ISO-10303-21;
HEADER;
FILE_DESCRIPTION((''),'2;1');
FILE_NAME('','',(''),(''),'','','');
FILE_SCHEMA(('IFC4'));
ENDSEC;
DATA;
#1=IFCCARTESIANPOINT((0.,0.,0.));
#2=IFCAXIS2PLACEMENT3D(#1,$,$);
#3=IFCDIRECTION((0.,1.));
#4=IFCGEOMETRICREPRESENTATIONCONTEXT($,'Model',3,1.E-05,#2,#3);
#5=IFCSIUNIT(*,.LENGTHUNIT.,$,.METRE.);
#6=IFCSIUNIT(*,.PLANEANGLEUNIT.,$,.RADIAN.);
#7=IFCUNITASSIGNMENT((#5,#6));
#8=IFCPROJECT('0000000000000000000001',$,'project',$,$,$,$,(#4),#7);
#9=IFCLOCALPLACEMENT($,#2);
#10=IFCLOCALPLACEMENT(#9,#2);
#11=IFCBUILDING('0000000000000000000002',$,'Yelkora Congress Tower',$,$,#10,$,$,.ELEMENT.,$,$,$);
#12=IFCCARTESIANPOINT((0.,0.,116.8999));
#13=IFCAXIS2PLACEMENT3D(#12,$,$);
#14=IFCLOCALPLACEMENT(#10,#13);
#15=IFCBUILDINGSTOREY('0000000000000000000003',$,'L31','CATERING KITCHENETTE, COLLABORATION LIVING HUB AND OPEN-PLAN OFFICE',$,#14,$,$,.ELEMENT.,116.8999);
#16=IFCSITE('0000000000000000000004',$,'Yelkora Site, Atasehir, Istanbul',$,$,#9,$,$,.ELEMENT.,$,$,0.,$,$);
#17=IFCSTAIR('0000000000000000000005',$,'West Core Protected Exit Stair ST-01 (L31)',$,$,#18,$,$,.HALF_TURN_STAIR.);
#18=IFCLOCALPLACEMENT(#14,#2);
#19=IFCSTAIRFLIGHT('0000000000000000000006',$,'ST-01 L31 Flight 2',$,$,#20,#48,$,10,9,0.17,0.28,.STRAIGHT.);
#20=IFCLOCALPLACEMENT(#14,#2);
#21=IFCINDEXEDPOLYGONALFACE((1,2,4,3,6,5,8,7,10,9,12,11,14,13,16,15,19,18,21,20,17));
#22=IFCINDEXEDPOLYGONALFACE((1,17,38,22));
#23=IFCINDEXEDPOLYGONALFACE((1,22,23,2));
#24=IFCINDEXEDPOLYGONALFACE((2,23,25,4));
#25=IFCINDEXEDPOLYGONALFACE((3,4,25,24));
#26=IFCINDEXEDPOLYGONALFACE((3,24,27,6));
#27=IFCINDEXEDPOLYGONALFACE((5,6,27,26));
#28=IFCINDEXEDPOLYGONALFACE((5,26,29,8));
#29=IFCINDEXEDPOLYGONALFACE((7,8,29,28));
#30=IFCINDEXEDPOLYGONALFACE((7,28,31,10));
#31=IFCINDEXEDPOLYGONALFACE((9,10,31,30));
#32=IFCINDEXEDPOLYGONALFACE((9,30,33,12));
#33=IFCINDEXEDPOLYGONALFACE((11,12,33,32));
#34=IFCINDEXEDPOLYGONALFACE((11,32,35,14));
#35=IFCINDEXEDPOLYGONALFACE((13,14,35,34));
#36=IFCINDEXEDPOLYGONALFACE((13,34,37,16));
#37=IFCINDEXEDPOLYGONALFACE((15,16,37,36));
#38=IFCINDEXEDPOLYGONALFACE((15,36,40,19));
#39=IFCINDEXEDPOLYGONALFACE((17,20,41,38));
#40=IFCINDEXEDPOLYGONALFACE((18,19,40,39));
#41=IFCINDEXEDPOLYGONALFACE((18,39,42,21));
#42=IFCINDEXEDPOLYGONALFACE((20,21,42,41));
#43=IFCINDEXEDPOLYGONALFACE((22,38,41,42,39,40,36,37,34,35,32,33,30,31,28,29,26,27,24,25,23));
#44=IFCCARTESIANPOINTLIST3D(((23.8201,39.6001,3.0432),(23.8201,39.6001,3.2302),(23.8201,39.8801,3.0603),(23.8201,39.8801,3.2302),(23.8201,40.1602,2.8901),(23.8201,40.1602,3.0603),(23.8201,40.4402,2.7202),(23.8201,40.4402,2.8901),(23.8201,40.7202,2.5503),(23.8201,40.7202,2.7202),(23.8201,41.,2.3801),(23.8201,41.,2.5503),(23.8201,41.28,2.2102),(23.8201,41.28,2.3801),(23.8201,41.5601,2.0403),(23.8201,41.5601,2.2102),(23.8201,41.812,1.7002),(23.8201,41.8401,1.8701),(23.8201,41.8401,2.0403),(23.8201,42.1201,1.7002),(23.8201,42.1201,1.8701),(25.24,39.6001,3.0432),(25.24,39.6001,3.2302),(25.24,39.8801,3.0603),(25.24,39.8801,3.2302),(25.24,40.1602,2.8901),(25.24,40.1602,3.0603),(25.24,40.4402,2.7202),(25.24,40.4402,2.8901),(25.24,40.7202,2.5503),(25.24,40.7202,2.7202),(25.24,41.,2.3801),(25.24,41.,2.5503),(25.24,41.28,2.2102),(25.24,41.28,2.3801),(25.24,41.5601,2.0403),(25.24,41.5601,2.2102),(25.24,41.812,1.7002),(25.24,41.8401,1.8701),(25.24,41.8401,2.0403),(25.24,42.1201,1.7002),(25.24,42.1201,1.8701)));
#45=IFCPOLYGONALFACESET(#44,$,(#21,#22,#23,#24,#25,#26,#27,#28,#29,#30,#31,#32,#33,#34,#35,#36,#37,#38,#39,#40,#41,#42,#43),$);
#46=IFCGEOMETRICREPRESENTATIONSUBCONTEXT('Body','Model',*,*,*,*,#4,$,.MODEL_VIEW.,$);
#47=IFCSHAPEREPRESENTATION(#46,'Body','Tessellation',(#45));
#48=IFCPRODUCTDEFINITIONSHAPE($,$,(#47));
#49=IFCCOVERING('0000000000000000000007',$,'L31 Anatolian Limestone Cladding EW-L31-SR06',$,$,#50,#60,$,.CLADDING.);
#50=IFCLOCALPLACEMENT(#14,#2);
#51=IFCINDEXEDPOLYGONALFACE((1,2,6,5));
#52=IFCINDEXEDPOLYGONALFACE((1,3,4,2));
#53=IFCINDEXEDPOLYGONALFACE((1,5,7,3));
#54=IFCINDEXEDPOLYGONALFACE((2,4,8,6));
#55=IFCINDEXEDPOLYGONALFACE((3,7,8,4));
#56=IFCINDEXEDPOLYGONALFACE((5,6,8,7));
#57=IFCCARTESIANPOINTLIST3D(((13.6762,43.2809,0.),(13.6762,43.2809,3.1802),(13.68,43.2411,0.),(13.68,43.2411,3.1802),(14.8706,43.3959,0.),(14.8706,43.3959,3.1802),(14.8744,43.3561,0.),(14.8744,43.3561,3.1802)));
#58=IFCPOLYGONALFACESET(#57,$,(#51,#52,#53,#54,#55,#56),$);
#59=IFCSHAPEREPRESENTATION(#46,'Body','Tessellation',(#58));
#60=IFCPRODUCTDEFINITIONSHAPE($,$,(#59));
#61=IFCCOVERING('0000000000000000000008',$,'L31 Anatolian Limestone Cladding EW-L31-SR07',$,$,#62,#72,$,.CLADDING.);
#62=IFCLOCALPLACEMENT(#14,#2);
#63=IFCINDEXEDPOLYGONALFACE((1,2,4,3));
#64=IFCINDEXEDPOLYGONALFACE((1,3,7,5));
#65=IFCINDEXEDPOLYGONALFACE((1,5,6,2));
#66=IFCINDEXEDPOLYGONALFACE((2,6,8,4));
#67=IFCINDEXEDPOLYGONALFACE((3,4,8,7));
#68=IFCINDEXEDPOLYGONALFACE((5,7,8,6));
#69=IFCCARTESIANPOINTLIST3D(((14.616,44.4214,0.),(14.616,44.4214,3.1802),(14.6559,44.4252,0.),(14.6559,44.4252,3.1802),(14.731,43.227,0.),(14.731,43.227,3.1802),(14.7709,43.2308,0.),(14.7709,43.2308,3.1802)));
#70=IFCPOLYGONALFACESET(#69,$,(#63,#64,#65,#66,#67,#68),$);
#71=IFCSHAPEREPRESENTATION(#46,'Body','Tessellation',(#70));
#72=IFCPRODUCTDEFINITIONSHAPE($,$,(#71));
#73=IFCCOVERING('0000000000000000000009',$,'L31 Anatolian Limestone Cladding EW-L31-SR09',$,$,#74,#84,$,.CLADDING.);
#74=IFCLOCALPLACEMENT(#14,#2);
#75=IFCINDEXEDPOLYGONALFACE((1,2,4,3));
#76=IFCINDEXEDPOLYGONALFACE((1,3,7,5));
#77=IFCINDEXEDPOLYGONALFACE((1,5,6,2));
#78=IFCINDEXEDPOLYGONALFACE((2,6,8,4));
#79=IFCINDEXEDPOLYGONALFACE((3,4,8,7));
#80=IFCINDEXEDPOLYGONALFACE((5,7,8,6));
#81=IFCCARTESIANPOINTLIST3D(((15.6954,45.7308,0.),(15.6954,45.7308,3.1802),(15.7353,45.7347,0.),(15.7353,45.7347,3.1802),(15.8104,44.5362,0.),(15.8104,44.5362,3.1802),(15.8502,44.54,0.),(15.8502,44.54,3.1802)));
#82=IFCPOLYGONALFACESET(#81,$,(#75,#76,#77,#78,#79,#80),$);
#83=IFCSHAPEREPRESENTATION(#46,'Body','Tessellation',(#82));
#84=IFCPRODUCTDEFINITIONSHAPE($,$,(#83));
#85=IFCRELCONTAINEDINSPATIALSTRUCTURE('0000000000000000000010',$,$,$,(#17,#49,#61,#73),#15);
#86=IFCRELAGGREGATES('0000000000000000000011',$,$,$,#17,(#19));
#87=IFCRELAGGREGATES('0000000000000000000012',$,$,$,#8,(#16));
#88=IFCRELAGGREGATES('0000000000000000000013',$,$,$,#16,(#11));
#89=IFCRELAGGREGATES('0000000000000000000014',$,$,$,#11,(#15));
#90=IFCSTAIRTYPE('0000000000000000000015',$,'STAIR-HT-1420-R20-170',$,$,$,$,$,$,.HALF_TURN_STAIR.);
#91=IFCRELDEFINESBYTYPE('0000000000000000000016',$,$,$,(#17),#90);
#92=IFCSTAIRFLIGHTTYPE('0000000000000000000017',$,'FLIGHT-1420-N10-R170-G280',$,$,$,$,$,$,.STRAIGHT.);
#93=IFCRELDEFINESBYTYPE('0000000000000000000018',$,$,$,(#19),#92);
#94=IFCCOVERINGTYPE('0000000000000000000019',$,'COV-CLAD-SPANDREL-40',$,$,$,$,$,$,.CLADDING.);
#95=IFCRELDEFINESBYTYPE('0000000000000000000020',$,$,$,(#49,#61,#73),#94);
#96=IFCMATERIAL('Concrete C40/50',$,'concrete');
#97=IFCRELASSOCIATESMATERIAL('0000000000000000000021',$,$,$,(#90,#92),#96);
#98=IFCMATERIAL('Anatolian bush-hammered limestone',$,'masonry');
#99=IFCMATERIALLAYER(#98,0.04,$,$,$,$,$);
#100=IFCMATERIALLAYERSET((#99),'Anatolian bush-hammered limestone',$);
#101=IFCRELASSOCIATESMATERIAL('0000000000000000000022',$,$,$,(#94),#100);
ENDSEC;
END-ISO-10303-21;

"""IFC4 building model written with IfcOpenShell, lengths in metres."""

from ifc_helpers import new_model, si_unit, direction, frame, frame_2d, origin, place, context, subcontext, project, spatial, polyline, rectangle, outline, extrude, material, layer, layer_set, type_object, element, aggregate, save


model = new_model("IFC4")

# Units and contexts
model_context = context("Model", 3, precision=1e-05, world=origin(), true_north=direction((0.0, 1.0)))
body_context = subcontext(model_context, "Body", "Model", "MODEL_VIEW")
ifc_project = project(units=[si_unit("LENGTHUNIT", "METRE"), si_unit("PLANEANGLEUNIT", "RADIAN")], contexts=[model_context])

# Site, building, storey
site_placement = place(None, origin())
site = spatial("IfcSite", under=ifc_project, at=site_placement, Name="Yelkora Site, Atasehir, Istanbul", CompositionType="ELEMENT", RefElevation=0.0)
building_placement = place(site_placement, origin())
building = spatial("IfcBuilding", under=site, at=building_placement, Name="Yelkora Congress Tower", CompositionType="ELEMENT")
storey_placement = place(building_placement, frame((0.0, 0.0, 116.8999)))
storey = spatial("IfcBuildingStorey", under=building, at=storey_placement, Name="L31", Description="CATERING KITCHENETTE, COLLABORATION LIVING HUB AND OPEN-PLAN OFFICE", CompositionType="ELEMENT", Elevation=116.8999)

# Shared definitions
ifc_material_1 = material(Name="Concrete C40/50", Category="concrete")

# Stair, stair flight
stair_type = type_object("IfcStairType", Name="STAIR-HT-1420-R20-170", PredefinedType="HALF_TURN_STAIR", material=ifc_material_1)
stair_placement = place(storey_placement, origin())
stair = element("IfcStair", 1, at=stair_placement, inside=storey, type_object=stair_type, Name="West Core Protected Exit Stair ST-01 (L31)", PredefinedType="HALF_TURN_STAIR")
stair_flight_type = type_object("IfcStairFlightType", Name="FLIGHT-1420-N10-R170-G280", PredefinedType="STRAIGHT", material=ifc_material_1)
stair_flight_placement = place(storey_placement, frame((24.53, 42.1201, 1.7002), z_axis=(0.0, 0.0, 1.0), x_axis=(0.0, -1.0, 0.0)))
stair_flight = element("IfcStairFlight", 2, at=stair_flight_placement, type_object=stair_flight_type, Name="ST-01 L31 Flight 2", NumberOfRisers=10, NumberOfTreads=9, PredefinedType="STRAIGHT", RiserHeight=0.17, TreadLength=0.28, context=body_context, shape_type="SweptSolid", body=[
    extrude(outline(polyline([(0.0, 0.0), (0.0, 0.1699), (0.28, 0.1699), (0.28, 0.3401), (0.5601, 0.3401), (0.5601, 0.51), (0.8401, 0.51), (0.8401, 0.6799), (1.1201, 0.6799), (1.1201, 0.8501), (1.3999, 0.8501), (1.3999, 1.02), (1.6799, 1.02), (1.6799, 1.1899), (1.96, 1.1899), (1.96, 1.3601), (2.24, 1.3601), (2.24, 1.53), (2.52, 1.53), (2.52, 1.7), (2.52, 1.343), (0.3081, 0.0), (0.0, 0.0)])), frame((0.0, 0.71, 0.0), z_axis=(0.0, -1.0, 0.0), x_axis=(1.0, 0.0, 0.0)), (0.0, 0.0, 1.0), 1.4199),
])
aggregate(stair, [stair_flight])

# Coverings
ifc_material_2 = material(Name="Anatolian bush-hammered limestone", Category="masonry")
ifc_layer_1 = layer(ifc_material_2, 0.04)
ifc_layer_set_1 = layer_set([ifc_layer_1], Name="Anatolian bush-hammered limestone")
covering_type = type_object("IfcCoveringType", Name="COV-CLAD-SPANDREL-40", PredefinedType="CLADDING", material=ifc_layer_set_1)
for number, where, z_axis, x_axis, name in (
    (3, (13.678, 43.261, 0.0), (0.0, 0.0, 1.0), (0.995397, 0.095836, 0.0), "L31 Anatolian Limestone Cladding EW-L31-SR06"),
    (4, (14.751, 43.2288, 0.0), (0.0, 0.0, 1.0), (-0.095836, 0.995397, 0.0), "L31 Anatolian Limestone Cladding EW-L31-SR07"),
):
    element("IfcCovering", number, at=place(storey_placement, frame(where, z_axis=z_axis, x_axis=x_axis)), inside=storey, type_object=covering_type, Name=name, PredefinedType="CLADDING", context=body_context, shape_type="SweptSolid", body=[
        extrude(rectangle(XDim=1.2, YDim=0.04, at=frame_2d((0.6001, 0.0))), origin(), (0.0, 0.0, 1.0), 3.1802),
    ])
covering_placement = place(storey_placement, frame((15.8303, 44.5381, 0.0), z_axis=(0.0, 0.0, 1.0), x_axis=(-0.095817, 0.995399, 0.0)))
element("IfcCovering", 5, at=covering_placement, inside=storey, type_object=covering_type, Name="L31 Anatolian Limestone Cladding EW-L31-SR09", PredefinedType="CLADDING", context=body_context, shape_type="SweptSolid", body=[
    extrude(rectangle(XDim=1.2002, YDim=0.04, at=frame_2d((0.6001, 0.0))), origin(), (0.0, 0.0, 1.0), 3.1802),
])

save(model, "model.ifc")
